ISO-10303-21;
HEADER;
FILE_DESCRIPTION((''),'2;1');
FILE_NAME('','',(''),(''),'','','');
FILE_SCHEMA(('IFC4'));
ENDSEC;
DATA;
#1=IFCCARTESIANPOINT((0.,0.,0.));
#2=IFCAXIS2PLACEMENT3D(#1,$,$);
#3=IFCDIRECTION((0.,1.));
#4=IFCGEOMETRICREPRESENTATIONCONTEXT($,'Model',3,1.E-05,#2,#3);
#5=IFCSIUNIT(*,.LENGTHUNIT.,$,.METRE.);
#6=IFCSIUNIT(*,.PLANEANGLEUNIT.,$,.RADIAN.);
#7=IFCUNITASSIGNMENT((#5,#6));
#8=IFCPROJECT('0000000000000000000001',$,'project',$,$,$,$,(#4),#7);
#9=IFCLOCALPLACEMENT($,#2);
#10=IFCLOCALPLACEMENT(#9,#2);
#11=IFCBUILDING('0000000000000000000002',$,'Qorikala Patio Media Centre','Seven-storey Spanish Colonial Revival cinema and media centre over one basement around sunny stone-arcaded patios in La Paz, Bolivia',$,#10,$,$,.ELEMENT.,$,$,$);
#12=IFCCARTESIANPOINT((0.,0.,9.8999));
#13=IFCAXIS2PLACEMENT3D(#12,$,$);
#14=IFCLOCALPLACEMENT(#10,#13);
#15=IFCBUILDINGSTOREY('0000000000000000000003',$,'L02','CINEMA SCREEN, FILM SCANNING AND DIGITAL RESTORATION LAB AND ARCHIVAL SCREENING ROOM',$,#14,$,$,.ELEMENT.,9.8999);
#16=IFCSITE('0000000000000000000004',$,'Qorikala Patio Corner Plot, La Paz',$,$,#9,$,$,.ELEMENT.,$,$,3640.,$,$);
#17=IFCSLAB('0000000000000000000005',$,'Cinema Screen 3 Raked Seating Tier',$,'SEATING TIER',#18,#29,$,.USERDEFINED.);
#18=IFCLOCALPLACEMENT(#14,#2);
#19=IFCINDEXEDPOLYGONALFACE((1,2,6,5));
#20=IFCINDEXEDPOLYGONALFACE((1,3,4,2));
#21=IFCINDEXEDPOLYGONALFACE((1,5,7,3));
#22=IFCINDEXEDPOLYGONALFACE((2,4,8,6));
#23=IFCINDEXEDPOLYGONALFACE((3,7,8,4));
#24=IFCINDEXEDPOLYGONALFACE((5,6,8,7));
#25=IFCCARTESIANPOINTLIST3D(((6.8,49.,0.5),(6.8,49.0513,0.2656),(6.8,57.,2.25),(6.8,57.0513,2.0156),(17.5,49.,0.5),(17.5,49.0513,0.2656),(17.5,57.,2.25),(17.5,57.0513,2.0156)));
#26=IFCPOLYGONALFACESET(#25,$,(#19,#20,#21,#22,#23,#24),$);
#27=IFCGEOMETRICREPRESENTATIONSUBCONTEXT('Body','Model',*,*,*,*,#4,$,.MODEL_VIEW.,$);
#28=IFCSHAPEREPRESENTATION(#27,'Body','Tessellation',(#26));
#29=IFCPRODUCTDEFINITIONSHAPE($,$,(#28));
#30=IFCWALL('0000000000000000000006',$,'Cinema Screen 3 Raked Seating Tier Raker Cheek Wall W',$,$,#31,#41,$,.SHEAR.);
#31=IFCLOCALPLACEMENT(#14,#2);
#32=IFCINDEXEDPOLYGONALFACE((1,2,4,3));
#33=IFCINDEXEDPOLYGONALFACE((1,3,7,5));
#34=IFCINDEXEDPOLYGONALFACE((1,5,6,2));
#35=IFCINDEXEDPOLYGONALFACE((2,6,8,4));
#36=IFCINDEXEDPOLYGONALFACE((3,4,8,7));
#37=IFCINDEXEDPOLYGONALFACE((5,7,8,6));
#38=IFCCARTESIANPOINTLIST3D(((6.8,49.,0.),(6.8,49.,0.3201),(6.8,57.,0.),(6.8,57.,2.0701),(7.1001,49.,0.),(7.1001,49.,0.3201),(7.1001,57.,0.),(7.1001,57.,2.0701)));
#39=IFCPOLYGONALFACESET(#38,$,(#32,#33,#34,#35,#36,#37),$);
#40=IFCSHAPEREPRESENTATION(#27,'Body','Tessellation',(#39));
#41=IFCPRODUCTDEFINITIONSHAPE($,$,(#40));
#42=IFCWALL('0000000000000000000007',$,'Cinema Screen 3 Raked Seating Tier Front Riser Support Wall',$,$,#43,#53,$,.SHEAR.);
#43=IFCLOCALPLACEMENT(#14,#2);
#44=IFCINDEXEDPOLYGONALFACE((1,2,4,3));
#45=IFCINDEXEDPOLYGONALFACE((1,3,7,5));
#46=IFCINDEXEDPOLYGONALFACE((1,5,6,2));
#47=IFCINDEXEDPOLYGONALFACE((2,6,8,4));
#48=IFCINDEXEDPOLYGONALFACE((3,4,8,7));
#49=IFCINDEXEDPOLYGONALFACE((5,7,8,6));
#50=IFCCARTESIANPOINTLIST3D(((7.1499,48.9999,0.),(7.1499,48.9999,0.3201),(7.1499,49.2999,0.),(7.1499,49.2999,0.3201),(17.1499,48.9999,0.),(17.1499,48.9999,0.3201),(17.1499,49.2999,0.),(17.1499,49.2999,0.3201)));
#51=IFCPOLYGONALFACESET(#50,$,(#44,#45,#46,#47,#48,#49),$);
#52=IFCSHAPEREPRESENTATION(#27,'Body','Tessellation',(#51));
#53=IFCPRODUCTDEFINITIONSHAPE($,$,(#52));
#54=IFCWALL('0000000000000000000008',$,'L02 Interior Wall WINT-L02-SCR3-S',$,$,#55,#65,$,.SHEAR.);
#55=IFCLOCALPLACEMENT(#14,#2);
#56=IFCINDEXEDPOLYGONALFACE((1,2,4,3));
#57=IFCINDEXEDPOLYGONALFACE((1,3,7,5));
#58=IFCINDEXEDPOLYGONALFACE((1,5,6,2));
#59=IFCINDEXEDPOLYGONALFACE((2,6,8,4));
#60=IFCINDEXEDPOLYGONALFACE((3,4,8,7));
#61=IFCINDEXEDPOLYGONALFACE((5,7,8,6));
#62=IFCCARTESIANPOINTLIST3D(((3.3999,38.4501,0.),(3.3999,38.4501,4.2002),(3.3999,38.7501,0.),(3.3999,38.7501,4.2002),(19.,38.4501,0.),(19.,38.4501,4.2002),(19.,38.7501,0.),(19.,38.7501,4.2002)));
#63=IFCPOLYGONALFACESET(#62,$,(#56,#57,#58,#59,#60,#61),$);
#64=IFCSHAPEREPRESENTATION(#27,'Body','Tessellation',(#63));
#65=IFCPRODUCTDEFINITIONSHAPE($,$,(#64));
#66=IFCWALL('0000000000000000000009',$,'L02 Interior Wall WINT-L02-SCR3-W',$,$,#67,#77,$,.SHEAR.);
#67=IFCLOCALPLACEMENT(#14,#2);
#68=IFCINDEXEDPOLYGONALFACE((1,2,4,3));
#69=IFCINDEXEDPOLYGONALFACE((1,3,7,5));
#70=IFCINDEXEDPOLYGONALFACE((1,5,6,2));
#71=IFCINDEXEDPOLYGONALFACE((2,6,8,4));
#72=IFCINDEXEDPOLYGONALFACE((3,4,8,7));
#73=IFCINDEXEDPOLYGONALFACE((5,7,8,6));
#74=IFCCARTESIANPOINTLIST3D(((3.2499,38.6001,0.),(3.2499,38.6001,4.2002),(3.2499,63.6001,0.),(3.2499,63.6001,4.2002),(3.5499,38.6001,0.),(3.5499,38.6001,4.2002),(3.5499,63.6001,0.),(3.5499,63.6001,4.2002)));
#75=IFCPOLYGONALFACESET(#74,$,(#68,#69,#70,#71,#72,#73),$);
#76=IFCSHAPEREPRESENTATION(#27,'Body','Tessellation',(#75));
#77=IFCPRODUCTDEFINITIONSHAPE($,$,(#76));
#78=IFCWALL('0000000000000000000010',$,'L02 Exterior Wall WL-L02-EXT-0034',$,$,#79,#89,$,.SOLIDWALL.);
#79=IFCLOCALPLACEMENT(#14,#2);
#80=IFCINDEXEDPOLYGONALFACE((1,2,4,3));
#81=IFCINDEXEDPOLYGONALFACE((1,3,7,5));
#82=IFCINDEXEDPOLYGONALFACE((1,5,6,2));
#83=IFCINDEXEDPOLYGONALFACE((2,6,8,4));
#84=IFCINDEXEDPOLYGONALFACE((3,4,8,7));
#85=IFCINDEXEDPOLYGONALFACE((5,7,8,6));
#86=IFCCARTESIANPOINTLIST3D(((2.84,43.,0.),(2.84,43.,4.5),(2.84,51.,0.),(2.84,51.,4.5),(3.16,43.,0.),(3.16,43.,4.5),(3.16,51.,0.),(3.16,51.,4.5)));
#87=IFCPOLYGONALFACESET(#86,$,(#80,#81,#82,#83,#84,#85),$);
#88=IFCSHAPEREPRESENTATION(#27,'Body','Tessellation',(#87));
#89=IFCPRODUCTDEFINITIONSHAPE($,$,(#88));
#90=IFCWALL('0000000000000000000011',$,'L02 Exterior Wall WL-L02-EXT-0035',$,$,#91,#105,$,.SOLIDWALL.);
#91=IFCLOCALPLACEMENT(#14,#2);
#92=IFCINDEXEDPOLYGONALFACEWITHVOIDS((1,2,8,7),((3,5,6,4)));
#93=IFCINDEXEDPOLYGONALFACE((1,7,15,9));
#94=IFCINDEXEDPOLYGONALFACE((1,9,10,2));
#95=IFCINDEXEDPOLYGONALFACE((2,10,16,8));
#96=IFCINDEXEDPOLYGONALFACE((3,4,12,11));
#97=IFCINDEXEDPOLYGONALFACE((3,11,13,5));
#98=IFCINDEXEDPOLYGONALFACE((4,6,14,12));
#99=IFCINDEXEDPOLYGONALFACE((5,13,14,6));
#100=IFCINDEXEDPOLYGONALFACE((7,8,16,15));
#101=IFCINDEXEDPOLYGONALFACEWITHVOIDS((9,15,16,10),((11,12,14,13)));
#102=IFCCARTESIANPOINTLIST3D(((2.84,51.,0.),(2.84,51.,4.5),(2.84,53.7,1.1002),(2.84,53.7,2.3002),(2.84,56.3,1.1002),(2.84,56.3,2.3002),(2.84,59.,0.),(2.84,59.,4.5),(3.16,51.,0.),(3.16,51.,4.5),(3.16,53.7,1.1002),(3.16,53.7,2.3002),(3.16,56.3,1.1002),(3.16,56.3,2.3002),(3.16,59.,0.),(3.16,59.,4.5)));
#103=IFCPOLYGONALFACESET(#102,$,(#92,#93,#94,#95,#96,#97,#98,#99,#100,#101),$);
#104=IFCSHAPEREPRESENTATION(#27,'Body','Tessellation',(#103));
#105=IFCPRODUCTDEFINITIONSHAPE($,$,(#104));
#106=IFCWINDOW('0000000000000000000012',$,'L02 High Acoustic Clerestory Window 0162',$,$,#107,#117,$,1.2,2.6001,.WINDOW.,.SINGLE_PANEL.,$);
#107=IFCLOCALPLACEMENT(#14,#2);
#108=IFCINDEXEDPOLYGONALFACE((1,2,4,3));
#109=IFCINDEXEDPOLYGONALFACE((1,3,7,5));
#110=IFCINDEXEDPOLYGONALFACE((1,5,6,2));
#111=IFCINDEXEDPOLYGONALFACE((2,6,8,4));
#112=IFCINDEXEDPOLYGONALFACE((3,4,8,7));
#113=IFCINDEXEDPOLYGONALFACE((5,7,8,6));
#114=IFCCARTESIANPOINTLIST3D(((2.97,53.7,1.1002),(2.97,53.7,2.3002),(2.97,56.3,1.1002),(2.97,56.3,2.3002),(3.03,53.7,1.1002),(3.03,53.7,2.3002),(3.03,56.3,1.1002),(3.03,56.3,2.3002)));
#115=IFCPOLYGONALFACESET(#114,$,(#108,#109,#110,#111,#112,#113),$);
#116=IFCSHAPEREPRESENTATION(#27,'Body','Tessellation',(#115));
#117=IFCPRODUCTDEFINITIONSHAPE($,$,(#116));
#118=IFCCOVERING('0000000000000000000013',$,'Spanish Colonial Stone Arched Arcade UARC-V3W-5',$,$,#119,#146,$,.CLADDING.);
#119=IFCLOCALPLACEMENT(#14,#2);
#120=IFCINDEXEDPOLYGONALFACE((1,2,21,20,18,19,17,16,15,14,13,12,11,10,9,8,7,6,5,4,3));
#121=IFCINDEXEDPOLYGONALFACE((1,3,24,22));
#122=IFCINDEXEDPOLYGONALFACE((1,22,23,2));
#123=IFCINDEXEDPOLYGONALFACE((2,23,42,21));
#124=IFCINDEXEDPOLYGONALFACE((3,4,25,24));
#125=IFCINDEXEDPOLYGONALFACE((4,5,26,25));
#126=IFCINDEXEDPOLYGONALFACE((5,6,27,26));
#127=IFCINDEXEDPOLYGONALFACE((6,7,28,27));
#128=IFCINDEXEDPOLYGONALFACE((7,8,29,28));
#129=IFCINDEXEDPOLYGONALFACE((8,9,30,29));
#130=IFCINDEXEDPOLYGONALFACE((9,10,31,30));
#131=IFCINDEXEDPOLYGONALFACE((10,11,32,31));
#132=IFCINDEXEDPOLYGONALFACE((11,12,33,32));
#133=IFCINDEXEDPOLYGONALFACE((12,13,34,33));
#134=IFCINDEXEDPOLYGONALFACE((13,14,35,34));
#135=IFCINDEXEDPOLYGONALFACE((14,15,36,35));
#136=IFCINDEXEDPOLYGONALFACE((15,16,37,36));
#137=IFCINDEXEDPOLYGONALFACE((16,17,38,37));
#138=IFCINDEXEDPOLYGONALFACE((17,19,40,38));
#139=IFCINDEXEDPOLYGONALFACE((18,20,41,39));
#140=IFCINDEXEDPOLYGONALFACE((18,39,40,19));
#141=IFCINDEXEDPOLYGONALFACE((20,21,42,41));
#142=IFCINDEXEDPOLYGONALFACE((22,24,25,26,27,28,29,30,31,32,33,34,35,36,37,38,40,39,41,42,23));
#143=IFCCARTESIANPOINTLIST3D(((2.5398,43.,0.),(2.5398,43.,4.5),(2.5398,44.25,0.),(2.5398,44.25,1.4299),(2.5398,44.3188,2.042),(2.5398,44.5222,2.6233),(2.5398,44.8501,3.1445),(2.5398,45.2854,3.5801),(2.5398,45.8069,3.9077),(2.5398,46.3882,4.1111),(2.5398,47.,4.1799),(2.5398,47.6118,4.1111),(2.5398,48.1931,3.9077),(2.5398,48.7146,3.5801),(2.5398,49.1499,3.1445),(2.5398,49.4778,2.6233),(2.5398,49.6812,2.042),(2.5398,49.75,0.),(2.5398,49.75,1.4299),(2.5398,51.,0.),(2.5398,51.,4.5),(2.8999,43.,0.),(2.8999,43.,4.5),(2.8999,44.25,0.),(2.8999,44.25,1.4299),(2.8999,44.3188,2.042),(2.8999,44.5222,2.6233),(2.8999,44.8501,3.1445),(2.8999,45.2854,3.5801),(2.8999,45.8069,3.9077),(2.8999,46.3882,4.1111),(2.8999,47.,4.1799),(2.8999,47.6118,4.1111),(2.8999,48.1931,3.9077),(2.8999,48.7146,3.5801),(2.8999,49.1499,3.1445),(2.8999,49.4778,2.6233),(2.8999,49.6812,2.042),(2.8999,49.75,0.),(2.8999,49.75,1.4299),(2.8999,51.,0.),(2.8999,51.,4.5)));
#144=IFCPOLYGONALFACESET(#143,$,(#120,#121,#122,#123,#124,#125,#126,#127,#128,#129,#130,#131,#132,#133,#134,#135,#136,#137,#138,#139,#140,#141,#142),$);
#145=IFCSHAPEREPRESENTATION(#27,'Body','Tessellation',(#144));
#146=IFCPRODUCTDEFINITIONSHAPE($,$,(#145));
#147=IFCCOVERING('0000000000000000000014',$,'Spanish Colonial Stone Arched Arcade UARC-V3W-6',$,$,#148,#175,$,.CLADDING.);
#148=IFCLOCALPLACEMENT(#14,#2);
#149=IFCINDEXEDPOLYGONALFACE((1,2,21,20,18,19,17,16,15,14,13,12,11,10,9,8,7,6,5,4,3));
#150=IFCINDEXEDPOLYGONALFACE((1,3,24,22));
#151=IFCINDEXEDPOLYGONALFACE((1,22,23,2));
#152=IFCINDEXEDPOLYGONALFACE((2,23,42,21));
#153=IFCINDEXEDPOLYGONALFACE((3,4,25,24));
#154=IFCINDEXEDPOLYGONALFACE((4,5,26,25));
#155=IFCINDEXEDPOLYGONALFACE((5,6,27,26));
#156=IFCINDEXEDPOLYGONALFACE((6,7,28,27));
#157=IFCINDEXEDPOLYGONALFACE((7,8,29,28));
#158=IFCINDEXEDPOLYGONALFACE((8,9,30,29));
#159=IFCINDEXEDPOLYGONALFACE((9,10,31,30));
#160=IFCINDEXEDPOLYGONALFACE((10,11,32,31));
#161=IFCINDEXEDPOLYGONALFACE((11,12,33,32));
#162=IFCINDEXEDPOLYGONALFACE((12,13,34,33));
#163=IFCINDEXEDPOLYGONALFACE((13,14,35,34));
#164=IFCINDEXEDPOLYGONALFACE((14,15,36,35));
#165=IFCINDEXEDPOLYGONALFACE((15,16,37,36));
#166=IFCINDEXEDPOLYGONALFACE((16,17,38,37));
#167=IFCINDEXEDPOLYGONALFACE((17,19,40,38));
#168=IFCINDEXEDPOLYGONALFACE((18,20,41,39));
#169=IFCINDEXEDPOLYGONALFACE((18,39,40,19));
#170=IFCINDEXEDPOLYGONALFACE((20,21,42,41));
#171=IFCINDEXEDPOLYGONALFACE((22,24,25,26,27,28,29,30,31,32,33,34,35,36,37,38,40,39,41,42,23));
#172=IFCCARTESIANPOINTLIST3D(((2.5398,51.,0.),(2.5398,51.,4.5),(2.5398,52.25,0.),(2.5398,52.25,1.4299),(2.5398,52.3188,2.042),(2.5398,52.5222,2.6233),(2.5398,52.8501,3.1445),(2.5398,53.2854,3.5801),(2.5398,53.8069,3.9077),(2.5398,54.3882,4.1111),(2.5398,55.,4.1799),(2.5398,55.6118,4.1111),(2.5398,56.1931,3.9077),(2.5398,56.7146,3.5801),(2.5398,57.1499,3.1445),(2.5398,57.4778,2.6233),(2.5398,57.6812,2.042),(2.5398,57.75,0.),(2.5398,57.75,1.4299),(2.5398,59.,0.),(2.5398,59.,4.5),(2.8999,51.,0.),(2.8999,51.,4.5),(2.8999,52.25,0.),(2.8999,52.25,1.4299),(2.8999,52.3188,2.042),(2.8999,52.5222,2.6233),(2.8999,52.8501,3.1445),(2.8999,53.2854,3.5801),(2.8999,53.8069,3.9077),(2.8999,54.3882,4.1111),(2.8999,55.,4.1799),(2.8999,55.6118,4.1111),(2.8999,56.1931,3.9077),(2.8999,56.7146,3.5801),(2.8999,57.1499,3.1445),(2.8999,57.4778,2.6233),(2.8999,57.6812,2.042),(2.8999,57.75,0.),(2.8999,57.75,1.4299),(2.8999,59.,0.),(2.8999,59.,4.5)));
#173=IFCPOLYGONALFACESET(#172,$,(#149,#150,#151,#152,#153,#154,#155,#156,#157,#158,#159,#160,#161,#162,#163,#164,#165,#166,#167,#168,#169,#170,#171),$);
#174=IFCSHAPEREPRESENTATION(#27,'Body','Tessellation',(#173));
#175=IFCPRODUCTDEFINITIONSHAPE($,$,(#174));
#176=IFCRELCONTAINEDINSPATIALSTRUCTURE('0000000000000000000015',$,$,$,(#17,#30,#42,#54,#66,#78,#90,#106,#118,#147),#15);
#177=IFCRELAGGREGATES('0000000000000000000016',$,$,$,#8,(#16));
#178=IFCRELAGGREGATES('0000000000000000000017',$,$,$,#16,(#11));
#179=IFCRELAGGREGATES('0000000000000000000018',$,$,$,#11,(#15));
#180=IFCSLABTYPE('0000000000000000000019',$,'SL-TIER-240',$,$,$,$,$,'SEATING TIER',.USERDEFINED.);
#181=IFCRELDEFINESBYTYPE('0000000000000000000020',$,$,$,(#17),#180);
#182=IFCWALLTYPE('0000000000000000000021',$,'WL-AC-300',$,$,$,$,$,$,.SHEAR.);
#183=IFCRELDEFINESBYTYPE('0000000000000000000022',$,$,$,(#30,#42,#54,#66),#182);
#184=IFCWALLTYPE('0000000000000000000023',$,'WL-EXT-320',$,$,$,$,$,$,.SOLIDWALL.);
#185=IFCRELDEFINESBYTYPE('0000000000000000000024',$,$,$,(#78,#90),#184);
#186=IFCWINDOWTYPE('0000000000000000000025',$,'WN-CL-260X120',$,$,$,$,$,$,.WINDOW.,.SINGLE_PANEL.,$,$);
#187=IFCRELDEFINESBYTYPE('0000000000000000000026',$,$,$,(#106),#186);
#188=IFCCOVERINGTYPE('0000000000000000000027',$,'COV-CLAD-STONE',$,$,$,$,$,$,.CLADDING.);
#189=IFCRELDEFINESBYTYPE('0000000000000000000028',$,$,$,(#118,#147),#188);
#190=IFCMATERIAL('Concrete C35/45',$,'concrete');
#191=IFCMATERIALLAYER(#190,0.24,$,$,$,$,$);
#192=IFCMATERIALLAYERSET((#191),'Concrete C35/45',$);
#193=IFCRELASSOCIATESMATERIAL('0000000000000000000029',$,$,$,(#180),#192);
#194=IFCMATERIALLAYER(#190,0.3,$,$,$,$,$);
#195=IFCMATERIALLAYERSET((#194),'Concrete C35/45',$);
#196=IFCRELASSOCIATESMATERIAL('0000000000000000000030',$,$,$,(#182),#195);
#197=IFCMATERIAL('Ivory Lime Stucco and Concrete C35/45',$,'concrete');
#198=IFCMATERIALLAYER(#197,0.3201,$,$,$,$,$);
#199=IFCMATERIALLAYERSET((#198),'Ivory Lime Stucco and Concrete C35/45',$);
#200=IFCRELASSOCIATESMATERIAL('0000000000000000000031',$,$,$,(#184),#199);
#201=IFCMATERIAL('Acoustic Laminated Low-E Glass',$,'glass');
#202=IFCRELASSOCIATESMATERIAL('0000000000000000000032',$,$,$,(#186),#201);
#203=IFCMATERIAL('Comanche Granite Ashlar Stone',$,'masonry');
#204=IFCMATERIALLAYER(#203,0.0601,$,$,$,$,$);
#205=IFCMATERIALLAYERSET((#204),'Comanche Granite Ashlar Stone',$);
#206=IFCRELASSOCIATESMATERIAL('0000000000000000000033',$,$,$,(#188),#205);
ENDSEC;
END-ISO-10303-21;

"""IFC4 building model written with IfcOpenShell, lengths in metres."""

from ifc_helpers import new_model, si_unit, direction, frame, frame_2d, origin, place, context, subcontext, project, spatial, polyline, rectangle, outline, extrude, material, layer, layer_set, type_object, element, fill, save


model = new_model("IFC4")

# Units and contexts
model_context = context("Model", 3, precision=1e-05, world=origin(), true_north=direction((0.0, 1.0)))
body_context = subcontext(model_context, "Body", "Model", "MODEL_VIEW")
ifc_project = project(units=[si_unit("LENGTHUNIT", "METRE"), si_unit("PLANEANGLEUNIT", "RADIAN")], contexts=[model_context])

# Site, building, storey
site_placement = place(None, origin())
site = spatial("IfcSite", under=ifc_project, at=site_placement, Name="Qorikala Patio Corner Plot, La Paz", CompositionType="ELEMENT", RefElevation=3640.0)
building_placement = place(site_placement, origin())
building = spatial("IfcBuilding", under=site, at=building_placement, Name="Qorikala Patio Media Centre", Description="Seven-storey Spanish Colonial Revival cinema and media centre over one basement around sunny stone-arcaded patios in La Paz, Bolivia", CompositionType="ELEMENT")
storey_placement = place(building_placement, frame((0.0, 0.0, 9.8999)))
storey = spatial("IfcBuildingStorey", under=building, at=storey_placement, Name="L02", Description="CINEMA SCREEN, FILM SCANNING AND DIGITAL RESTORATION LAB AND ARCHIVAL SCREENING ROOM", CompositionType="ELEMENT", Elevation=9.8999)

# Shared definitions
ifc_material_1 = material(Name="Concrete C35/45", Category="concrete")

# Slab
ifc_layer_1 = layer(ifc_material_1, 0.24)
ifc_layer_set_1 = layer_set([ifc_layer_1], Name="Concrete C35/45")
slab_type = type_object("IfcSlabType", Name="SL-TIER-240", ElementType="SEATING TIER", PredefinedType="USERDEFINED", material=ifc_layer_set_1)
slab_placement = place(storey_placement, frame((6.8, 49.0, 0.5), z_axis=(0.0, -0.213697, 0.9769), x_axis=(1.0, 0.0, 0.0)))
element("IfcSlab", 1, at=slab_placement, inside=storey, type_object=slab_type, Name="Cinema Screen 3 Raked Seating Tier", ObjectType="SEATING TIER", PredefinedType="USERDEFINED", context=body_context, shape_type="SweptSolid", body=[
    extrude(outline(polyline([(0.0, 0.0), (10.7, 0.0), (10.7, 8.1892), (0.0, 8.1892), (0.0, 0.0)])), origin(), (0.0, 0.0, -1.0), 0.24),
])

# Walls
ifc_layer_2 = layer(ifc_material_1, 0.3)
ifc_layer_set_2 = layer_set([ifc_layer_2], Name="Concrete C35/45")
wall_type_1 = type_object("IfcWallType", Name="WL-AC-300", PredefinedType="SHEAR", material=ifc_layer_set_2)
wall_1_placement = place(storey_placement, frame((6.95, 49.0, 0.0), z_axis=(0.0, 0.0, 1.0), x_axis=(0.0, 1.0, 0.0)))
element("IfcWall", 2, at=wall_1_placement, inside=storey, type_object=wall_type_1, Name="Cinema Screen 3 Raked Seating Tier Raker Cheek Wall W", PredefinedType="SHEAR", context=body_context, shape_type="SweptSolid", body=[
    extrude(outline(polyline([(0.0, 0.0), (8.0, 0.0), (8.0, 2.0701), (0.0, 0.3201), (0.0, 0.0)])), frame((0.0, 0.1499, 0.0), z_axis=(0.0, -1.0, 0.0), x_axis=(1.0, 0.0, 0.0)), (0.0, 0.0, 1.0), 0.3),
])
wall_2_placement = place(storey_placement, frame((7.1499, 49.1499, 0.0), z_axis=(0.0, 0.0, 1.0), x_axis=(1.0, 0.0, 0.0)))
element("IfcWall", 3, at=wall_2_placement, inside=storey, type_object=wall_type_1, Name="Cinema Screen 3 Raked Seating Tier Front Riser Support Wall", PredefinedType="SHEAR", context=body_context, shape_type="SweptSolid", body=[
    extrude(rectangle(XDim=10.0, YDim=0.3, at=frame_2d((5.0, 0.0))), origin(), (0.0, 0.0, 1.0), 0.3201),
])
wall_3_placement = place(storey_placement, frame((3.3999, 38.6001, 0.0), z_axis=(0.0, 0.0, 1.0), x_axis=(1.0, 0.0, 0.0)))
element("IfcWall", 4, at=wall_3_placement, inside=storey, type_object=wall_type_1, Name="L02 Interior Wall WINT-L02-SCR3-S", PredefinedType="SHEAR", context=body_context, shape_type="SweptSolid", body=[
    extrude(rectangle(XDim=15.6001, YDim=0.3, at=frame_2d((7.8, 0.0))), origin(), (0.0, 0.0, 1.0), 4.2002),
])
wall_4_placement = place(storey_placement, frame((3.3999, 38.6001, 0.0), z_axis=(0.0, 0.0, 1.0), x_axis=(0.0, 1.0, 0.0)))
element("IfcWall", 5, at=wall_4_placement, inside=storey, type_object=wall_type_1, Name="L02 Interior Wall WINT-L02-SCR3-W", PredefinedType="SHEAR", context=body_context, shape_type="SweptSolid", body=[
    extrude(rectangle(XDim=25.0, YDim=0.3, at=frame_2d((12.5, 0.0))), origin(), (0.0, 0.0, 1.0), 4.2002),
])
ifc_material_2 = material(Name="Ivory Lime Stucco and Concrete C35/45", Category="concrete")
ifc_layer_3 = layer(ifc_material_2, 0.3201)
ifc_layer_set_3 = layer_set([ifc_layer_3], Name="Ivory Lime Stucco and Concrete C35/45")
wall_type_2 = type_object("IfcWallType", Name="WL-EXT-320", PredefinedType="SOLIDWALL", material=ifc_layer_set_3)
wall_5_placement = place(storey_placement, frame((3.0, 43.0, 0.0), z_axis=(0.0, 0.0, 1.0), x_axis=(0.0, 1.0, 0.0)))
element("IfcWall", 6, at=wall_5_placement, inside=storey, type_object=wall_type_2, Name="L02 Exterior Wall WL-L02-EXT-0034", PredefinedType="SOLIDWALL", context=body_context, shape_type="SweptSolid", body=[
    extrude(rectangle(XDim=8.0, YDim=0.3201, at=frame_2d((4.0, 0.0))), origin(), (0.0, 0.0, 1.0), 4.5),
])

# Wall, opening, window
wall_6_placement = place(storey_placement, frame((3.0, 51.0, 0.0), z_axis=(0.0, 0.0, 1.0), x_axis=(0.0, 1.0, 0.0)))
wall_6 = element("IfcWall", 7, at=wall_6_placement, inside=storey, type_object=wall_type_2, Name="L02 Exterior Wall WL-L02-EXT-0035", PredefinedType="SOLIDWALL", context=body_context, shape_type="SweptSolid", body=[
    extrude(rectangle(XDim=8.0, YDim=0.3201, at=frame_2d((4.0, 0.0))), origin(), (0.0, 0.0, 1.0), 4.5),
])
opening_placement = place(wall_6_placement, frame((2.7, 0.0, 1.1001)))
opening = element("IfcOpeningElement", 8, at=opening_placement, cuts=wall_6, PredefinedType="OPENING", context=body_context, shape_type="SweptSolid", body=[
    extrude(rectangle(XDim=2.6001, YDim=1.2, at=frame_2d((1.3, 0.6001))), frame((0.0, 0.1699, 0.0), z_axis=(0.0, -1.0, 0.0), x_axis=(1.0, 0.0, 0.0)), (0.0, 0.0, 1.0), 0.3401),
])
ifc_material_3 = material(Name="Acoustic Laminated Low-E Glass", Category="glass")
window_type = type_object("IfcWindowType", Name="WN-CL-260X120", PartitioningType="SINGLE_PANEL", PredefinedType="WINDOW", material=ifc_material_3)
window_placement = place(opening_placement, origin())
window = element("IfcWindow", 9, at=window_placement, inside=storey, type_object=window_type, Name="L02 High Acoustic Clerestory Window 0162", OverallHeight=1.2, OverallWidth=2.6001, PartitioningType="SINGLE_PANEL", PredefinedType="WINDOW", context=body_context, shape_type="SweptSolid", body=[
    extrude(rectangle(XDim=2.6001, YDim=1.2, at=frame_2d((1.3, 0.6001))), frame((0.0, 0.03, 0.0), z_axis=(0.0, -1.0, 0.0), x_axis=(1.0, 0.0, 0.0)), (0.0, 0.0, 1.0), 0.0601),
])
fill(opening, window)

# Coverings
ifc_material_4 = material(Name="Comanche Granite Ashlar Stone", Category="masonry")
ifc_layer_4 = layer(ifc_material_4, 0.0601)
ifc_layer_set_4 = layer_set([ifc_layer_4], Name="Comanche Granite Ashlar Stone")
covering_type = type_object("IfcCoveringType", Name="COV-CLAD-STONE", PredefinedType="CLADDING", material=ifc_layer_set_4)
for number, where, z_axis, x_axis, name in (
    (10, (2.72, 43.0, 0.0), (0.0, 0.0, 1.0), (0.0, 1.0, 0.0), "Spanish Colonial Stone Arched Arcade UARC-V3W-5"),
    (11, (2.72, 51.0, 0.0), (0.0, 0.0, 1.0), (0.0, 1.0, 0.0), "Spanish Colonial Stone Arched Arcade UARC-V3W-6"),
):
    element("IfcCovering", number, at=place(storey_placement, frame(where, z_axis=z_axis, x_axis=x_axis)), inside=storey, type_object=covering_type, Name=name, PredefinedType="CLADDING", context=body_context, shape_type="SweptSolid", body=[
        extrude(outline(polyline([(0.0, 0.0), (1.25, 0.0), (1.25, 1.4299), (1.3188, 2.042), (1.5222, 2.6233), (1.8501, 3.1445), (2.2854, 3.5801), (2.8069, 3.9077), (3.3882, 4.1111), (4.0, 4.1799), (4.6118, 4.1111), (5.1931, 3.9077), (5.7146, 3.5801), (6.1499, 3.1445), (6.4778, 2.6233), (6.6812, 2.042), (6.75, 1.4299), (6.75, 0.0), (8.0, 0.0), (8.0, 4.5), (0.0, 4.5), (0.0, 0.0)])), frame((0.0, 0.1802, 0.0), z_axis=(0.0, -1.0, 0.0), x_axis=(1.0, 0.0, 0.0)), (0.0, 0.0, 1.0), 0.3601),
    ])

save(model, "model.ifc")
